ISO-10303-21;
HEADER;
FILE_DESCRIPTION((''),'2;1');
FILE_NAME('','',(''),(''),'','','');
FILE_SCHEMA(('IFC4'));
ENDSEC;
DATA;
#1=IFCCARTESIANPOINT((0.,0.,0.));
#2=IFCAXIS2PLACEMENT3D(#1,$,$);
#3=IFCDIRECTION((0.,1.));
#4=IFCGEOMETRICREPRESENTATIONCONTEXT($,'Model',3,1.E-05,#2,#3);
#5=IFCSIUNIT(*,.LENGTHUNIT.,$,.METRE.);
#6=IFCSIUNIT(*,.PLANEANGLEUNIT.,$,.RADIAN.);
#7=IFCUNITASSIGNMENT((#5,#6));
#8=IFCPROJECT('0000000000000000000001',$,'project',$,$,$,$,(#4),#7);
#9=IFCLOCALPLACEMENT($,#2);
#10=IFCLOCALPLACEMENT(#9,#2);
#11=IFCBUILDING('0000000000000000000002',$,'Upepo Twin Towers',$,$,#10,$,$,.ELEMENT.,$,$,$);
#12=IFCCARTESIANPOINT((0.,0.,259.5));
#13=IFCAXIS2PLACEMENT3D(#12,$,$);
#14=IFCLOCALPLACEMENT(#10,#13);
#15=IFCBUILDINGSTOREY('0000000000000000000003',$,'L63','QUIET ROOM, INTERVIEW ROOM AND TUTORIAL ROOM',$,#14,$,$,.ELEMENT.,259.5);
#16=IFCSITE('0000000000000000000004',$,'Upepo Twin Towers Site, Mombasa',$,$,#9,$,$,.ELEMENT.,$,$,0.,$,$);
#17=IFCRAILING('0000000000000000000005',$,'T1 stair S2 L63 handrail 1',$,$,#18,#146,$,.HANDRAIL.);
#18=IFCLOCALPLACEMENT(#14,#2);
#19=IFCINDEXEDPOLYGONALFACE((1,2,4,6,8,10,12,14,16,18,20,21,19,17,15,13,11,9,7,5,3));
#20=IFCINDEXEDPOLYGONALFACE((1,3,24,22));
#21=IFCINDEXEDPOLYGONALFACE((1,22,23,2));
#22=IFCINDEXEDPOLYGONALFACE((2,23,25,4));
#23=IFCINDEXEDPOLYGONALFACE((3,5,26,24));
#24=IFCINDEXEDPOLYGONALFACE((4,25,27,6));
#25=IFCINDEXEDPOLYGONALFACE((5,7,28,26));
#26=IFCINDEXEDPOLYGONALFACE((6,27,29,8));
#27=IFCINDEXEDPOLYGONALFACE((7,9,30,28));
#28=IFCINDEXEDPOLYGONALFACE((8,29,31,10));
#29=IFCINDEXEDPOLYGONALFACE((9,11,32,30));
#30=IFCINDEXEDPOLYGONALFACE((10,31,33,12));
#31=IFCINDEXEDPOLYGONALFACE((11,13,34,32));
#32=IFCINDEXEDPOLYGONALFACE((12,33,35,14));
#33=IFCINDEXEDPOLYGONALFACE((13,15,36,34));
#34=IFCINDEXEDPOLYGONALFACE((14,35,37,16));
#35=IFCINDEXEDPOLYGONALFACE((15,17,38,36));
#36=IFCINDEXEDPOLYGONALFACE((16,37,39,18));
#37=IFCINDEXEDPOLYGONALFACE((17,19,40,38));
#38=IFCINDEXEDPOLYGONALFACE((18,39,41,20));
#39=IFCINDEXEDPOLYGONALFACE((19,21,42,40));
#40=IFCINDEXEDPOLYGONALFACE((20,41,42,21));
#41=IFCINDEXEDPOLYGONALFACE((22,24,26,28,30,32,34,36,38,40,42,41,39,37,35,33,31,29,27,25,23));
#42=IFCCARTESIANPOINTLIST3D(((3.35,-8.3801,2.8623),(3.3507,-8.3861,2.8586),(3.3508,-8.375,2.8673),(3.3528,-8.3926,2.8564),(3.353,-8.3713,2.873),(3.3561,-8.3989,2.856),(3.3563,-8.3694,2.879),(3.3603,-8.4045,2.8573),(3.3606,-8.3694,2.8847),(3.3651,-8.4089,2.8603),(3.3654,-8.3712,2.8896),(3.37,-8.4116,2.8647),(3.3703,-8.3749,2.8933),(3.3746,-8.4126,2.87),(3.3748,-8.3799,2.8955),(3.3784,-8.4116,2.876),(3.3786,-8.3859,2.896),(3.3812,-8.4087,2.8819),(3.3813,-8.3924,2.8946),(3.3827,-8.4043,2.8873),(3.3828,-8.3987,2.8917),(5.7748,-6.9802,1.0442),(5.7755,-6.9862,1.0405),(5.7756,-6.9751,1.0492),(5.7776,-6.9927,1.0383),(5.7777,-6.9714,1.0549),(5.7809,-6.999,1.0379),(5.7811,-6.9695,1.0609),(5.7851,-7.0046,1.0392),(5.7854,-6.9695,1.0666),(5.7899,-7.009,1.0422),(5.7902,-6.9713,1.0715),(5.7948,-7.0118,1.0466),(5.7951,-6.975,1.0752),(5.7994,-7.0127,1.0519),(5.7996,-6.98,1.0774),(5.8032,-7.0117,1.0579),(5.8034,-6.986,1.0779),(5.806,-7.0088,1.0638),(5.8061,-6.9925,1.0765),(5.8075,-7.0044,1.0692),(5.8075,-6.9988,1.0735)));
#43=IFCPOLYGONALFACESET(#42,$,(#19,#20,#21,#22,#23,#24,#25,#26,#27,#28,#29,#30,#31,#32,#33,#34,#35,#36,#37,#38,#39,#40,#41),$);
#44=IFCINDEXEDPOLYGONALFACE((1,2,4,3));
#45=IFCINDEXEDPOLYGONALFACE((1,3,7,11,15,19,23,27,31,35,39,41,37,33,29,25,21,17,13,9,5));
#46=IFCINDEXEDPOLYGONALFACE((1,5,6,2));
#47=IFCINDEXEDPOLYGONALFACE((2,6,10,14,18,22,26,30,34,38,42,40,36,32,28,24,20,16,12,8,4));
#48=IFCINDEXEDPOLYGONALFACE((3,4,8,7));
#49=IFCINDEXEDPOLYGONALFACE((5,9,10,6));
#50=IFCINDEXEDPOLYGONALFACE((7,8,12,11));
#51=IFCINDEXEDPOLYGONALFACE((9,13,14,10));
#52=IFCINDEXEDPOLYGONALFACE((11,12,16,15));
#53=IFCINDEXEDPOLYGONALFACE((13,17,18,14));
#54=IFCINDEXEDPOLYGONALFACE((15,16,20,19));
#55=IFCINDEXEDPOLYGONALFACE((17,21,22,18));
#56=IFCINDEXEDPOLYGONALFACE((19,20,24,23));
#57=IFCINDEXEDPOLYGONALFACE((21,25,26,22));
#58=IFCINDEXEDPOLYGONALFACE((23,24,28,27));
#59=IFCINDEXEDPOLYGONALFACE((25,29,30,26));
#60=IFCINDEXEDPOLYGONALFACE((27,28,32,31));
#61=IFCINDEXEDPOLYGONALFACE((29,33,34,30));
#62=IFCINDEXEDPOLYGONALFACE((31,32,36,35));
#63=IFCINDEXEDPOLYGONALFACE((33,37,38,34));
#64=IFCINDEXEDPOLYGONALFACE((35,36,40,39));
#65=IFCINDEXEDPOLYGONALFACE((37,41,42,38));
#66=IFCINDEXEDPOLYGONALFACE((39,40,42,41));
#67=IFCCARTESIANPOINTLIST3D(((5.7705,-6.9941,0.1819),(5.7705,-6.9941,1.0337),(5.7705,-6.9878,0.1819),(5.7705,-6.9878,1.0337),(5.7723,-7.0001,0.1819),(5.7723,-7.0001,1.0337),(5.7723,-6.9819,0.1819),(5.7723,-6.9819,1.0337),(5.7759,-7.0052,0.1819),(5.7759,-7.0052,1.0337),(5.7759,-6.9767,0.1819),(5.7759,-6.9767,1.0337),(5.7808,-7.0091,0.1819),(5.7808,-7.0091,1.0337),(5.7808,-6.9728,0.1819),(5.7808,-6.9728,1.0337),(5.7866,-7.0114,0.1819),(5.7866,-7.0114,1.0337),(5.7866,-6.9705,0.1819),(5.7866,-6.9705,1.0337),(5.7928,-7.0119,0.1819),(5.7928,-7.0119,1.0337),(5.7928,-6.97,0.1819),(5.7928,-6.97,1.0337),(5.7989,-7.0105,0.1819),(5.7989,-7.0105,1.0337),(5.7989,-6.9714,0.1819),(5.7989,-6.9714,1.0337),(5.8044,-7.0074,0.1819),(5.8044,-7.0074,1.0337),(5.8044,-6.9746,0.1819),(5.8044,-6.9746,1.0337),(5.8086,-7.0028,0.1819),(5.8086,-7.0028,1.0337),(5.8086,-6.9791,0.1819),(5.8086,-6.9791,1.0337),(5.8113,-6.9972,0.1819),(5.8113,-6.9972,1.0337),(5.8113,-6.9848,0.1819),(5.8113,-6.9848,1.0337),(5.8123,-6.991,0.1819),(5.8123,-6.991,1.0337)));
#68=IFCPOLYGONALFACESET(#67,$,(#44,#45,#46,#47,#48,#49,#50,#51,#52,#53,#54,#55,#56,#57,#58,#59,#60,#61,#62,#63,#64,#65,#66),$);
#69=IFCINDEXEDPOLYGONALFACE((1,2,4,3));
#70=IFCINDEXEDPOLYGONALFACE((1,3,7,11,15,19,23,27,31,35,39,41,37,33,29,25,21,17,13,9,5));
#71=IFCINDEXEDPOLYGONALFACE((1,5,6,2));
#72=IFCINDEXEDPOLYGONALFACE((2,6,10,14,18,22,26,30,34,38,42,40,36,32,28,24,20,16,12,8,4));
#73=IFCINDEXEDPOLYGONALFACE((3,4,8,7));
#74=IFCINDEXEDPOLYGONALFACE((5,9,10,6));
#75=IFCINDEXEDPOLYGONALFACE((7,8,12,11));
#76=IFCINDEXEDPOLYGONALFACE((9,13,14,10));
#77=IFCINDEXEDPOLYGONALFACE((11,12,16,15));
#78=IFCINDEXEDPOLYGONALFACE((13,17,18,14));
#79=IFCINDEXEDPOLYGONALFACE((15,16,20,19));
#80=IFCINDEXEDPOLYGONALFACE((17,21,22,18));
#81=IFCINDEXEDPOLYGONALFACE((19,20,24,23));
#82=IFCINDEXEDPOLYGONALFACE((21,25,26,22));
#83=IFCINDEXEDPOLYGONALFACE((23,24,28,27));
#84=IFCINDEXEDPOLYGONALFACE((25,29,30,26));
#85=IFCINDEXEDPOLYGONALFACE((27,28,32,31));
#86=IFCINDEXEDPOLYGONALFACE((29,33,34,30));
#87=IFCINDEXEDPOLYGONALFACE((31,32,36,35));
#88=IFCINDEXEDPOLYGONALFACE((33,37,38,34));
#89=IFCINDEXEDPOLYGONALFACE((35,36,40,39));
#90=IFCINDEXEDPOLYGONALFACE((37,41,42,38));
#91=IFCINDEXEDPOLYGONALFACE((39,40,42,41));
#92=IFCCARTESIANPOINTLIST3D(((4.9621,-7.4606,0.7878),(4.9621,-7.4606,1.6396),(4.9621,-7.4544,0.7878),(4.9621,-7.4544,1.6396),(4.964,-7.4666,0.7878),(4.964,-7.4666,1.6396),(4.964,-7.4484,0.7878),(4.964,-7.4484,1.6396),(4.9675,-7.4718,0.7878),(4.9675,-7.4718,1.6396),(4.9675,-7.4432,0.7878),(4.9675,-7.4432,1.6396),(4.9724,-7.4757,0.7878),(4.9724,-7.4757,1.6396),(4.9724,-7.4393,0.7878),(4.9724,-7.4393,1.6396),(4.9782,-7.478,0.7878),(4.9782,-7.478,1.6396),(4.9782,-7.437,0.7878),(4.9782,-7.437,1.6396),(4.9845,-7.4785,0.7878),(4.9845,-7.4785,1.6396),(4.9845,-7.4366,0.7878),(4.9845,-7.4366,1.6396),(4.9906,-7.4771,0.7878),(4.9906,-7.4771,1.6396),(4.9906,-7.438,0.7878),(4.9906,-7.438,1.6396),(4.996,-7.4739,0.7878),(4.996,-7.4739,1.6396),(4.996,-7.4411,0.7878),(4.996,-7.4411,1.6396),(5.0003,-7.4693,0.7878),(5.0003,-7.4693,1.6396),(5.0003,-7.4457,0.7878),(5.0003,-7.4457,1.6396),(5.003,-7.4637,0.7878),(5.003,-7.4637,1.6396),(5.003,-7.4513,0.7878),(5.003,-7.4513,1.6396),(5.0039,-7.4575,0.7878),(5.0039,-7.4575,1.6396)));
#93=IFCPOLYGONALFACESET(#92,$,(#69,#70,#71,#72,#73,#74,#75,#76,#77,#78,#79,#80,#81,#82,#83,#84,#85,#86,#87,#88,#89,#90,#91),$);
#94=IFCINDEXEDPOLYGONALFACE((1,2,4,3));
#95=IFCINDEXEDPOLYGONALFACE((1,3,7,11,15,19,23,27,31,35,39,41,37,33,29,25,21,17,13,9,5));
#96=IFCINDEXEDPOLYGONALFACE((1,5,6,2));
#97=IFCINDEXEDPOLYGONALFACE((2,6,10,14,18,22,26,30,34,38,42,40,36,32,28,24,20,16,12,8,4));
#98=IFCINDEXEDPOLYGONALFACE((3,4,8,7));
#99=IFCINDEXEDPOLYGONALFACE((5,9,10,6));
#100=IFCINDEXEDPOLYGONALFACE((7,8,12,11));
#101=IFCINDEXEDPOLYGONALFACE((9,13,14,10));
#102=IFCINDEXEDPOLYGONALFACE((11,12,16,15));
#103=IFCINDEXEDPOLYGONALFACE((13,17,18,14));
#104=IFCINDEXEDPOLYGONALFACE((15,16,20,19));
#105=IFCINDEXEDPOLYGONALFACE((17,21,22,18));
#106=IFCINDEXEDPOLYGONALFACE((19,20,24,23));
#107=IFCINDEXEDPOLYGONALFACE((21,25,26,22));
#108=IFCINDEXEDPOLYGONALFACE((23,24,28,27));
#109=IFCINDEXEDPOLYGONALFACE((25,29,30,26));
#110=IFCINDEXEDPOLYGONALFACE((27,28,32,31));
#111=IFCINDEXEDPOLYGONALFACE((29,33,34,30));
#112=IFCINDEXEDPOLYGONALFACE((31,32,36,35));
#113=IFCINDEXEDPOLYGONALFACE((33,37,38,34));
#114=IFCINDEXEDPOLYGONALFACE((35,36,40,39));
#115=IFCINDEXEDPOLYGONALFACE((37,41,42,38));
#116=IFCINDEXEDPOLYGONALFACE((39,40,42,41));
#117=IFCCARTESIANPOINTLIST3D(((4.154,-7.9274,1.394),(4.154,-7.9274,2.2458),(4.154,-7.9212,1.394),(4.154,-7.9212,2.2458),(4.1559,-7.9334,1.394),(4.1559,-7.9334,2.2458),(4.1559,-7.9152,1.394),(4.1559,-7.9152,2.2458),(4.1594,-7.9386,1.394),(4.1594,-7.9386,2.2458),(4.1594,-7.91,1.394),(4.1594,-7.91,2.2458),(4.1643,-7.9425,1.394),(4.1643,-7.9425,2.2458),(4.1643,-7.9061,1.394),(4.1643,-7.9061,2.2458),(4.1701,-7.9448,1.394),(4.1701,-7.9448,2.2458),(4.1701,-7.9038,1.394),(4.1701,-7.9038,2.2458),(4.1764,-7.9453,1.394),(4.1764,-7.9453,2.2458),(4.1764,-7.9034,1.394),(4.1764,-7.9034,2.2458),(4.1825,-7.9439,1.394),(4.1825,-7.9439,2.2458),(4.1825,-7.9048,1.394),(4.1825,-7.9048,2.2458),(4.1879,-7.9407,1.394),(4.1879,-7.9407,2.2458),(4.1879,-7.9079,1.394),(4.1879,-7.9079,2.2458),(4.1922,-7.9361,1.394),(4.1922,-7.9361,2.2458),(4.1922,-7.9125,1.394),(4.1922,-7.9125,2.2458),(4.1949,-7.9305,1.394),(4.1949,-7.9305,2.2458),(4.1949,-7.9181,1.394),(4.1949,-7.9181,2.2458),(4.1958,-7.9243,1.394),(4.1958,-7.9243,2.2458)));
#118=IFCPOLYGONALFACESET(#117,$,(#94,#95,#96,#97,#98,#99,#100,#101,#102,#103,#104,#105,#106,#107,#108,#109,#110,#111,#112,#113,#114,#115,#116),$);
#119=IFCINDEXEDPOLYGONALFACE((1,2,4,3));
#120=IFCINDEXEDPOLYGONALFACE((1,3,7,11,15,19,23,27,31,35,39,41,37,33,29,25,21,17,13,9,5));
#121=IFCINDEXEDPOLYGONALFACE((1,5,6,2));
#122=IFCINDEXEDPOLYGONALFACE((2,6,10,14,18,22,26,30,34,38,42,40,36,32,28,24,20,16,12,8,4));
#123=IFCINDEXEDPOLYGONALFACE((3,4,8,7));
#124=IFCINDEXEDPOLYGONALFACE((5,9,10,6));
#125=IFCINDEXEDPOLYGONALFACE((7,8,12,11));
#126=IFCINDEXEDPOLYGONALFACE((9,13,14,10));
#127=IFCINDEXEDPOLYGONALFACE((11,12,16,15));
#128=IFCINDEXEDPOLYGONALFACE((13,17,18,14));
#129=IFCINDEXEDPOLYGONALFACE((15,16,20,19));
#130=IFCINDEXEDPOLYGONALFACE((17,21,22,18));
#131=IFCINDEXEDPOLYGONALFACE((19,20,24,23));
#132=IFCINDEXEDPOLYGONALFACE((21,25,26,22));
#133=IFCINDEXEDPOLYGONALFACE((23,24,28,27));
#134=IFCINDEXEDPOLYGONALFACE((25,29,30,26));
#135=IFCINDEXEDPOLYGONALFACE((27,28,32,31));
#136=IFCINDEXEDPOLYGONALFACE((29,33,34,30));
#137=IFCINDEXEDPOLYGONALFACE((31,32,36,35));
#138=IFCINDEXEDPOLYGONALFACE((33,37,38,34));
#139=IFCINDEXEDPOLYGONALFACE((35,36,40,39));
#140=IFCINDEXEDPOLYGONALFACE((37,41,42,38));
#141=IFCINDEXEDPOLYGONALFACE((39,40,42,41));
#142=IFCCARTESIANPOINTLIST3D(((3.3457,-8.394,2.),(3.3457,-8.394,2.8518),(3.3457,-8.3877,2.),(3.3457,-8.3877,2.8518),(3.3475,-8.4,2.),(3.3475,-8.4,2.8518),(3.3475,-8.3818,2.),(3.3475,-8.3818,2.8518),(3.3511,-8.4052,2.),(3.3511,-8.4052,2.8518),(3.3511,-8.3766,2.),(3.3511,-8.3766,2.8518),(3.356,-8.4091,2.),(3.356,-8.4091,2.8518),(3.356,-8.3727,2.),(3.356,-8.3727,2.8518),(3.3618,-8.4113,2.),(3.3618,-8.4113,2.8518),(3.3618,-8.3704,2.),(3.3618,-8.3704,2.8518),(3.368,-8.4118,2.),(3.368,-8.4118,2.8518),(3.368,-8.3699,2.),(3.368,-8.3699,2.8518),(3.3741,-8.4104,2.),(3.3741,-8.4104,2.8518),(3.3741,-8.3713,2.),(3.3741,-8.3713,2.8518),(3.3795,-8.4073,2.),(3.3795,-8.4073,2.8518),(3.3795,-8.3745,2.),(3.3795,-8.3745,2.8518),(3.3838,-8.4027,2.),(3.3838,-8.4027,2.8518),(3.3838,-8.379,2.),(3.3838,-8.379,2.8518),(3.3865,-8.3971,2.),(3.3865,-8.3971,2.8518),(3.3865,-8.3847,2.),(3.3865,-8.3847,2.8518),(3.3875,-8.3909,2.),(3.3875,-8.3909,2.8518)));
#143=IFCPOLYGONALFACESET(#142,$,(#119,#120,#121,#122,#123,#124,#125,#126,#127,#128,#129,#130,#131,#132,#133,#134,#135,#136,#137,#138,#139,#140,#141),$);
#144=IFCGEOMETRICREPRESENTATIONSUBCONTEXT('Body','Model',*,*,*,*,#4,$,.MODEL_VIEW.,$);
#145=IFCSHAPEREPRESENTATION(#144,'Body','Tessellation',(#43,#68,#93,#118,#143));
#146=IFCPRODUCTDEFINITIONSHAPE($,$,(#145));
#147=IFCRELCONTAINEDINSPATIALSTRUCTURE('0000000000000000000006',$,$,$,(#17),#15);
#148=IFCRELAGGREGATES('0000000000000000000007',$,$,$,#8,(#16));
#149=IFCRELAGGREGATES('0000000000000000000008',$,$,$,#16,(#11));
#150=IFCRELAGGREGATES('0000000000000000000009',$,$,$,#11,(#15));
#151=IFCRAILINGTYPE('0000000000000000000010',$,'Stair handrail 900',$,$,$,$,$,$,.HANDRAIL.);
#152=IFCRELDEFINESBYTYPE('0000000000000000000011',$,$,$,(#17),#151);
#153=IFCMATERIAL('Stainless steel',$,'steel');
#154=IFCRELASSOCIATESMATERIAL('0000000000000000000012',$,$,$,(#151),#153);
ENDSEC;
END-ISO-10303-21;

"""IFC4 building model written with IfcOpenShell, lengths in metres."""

from ifc_helpers import new_model, si_unit, direction, frame, origin, origin_2d, place, context, subcontext, project, spatial, circle, extrude, material, type_object, element, save


model = new_model("IFC4")

# Units and contexts
model_context = context("Model", 3, precision=1e-05, world=origin(), true_north=direction((0.0, 1.0)))
body_context = subcontext(model_context, "Body", "Model", "MODEL_VIEW")
ifc_project = project(units=[si_unit("LENGTHUNIT", "METRE"), si_unit("PLANEANGLEUNIT", "RADIAN")], contexts=[model_context])

# Site, building, storey
site_placement = place(None, origin())
site = spatial("IfcSite", under=ifc_project, at=site_placement, Name="Upepo Twin Towers Site, Mombasa", CompositionType="ELEMENT", RefElevation=0.0)
building_placement = place(site_placement, origin())
building = spatial("IfcBuilding", under=site, at=building_placement, Name="Upepo Twin Towers", CompositionType="ELEMENT")
storey_placement = place(building_placement, frame((0.0, 0.0, 259.5)))
storey = spatial("IfcBuildingStorey", under=building, at=storey_placement, Name="L63", Description="QUIET ROOM, INTERVIEW ROOM AND TUTORIAL ROOM", CompositionType="ELEMENT", Elevation=259.5)

# Railing
ifc_material_1 = material(Name="Stainless steel", Category="steel")
railing_type = type_object("IfcRailingType", Name="Stair handrail 900", PredefinedType="HANDRAIL", material=ifc_material_1)
railing_1_placement = place(storey_placement, frame((5.7913, -6.991, 0.1819)))
element("IfcRailing", 1, at=railing_1_placement, inside=storey, type_object=railing_type, Name="T1 stair S2 L63 handrail 1", PredefinedType="HANDRAIL", context=body_context, shape_type="SweptSolid", body=[
    extrude(circle(Radius=0.0239, at=origin_2d()), frame((0.0, 0.0, 0.876), z_axis=(-0.726336, -0.419333, 0.544606), x_axis=(0.499984, -0.866035, 0.0)), (0.0, 0.0, 1.0), 3.3384),
    extrude(circle(Radius=0.021, at=origin_2d()), origin(), (0.0, 0.0, 1.0), 0.8518),
    extrude(circle(Radius=0.021, at=origin_2d()), frame((-0.8083, -0.4666, 0.606)), (0.0, 0.0, 1.0), 0.8518),
    extrude(circle(Radius=0.021, at=origin_2d()), frame((-1.6165, -0.9333, 1.2122)), (0.0, 0.0, 1.0), 0.8518),
    extrude(circle(Radius=0.021, at=origin_2d()), frame((-2.4248, -1.3999, 1.8181)), (0.0, 0.0, 1.0), 0.8518),
])

save(model, "model.ifc")
